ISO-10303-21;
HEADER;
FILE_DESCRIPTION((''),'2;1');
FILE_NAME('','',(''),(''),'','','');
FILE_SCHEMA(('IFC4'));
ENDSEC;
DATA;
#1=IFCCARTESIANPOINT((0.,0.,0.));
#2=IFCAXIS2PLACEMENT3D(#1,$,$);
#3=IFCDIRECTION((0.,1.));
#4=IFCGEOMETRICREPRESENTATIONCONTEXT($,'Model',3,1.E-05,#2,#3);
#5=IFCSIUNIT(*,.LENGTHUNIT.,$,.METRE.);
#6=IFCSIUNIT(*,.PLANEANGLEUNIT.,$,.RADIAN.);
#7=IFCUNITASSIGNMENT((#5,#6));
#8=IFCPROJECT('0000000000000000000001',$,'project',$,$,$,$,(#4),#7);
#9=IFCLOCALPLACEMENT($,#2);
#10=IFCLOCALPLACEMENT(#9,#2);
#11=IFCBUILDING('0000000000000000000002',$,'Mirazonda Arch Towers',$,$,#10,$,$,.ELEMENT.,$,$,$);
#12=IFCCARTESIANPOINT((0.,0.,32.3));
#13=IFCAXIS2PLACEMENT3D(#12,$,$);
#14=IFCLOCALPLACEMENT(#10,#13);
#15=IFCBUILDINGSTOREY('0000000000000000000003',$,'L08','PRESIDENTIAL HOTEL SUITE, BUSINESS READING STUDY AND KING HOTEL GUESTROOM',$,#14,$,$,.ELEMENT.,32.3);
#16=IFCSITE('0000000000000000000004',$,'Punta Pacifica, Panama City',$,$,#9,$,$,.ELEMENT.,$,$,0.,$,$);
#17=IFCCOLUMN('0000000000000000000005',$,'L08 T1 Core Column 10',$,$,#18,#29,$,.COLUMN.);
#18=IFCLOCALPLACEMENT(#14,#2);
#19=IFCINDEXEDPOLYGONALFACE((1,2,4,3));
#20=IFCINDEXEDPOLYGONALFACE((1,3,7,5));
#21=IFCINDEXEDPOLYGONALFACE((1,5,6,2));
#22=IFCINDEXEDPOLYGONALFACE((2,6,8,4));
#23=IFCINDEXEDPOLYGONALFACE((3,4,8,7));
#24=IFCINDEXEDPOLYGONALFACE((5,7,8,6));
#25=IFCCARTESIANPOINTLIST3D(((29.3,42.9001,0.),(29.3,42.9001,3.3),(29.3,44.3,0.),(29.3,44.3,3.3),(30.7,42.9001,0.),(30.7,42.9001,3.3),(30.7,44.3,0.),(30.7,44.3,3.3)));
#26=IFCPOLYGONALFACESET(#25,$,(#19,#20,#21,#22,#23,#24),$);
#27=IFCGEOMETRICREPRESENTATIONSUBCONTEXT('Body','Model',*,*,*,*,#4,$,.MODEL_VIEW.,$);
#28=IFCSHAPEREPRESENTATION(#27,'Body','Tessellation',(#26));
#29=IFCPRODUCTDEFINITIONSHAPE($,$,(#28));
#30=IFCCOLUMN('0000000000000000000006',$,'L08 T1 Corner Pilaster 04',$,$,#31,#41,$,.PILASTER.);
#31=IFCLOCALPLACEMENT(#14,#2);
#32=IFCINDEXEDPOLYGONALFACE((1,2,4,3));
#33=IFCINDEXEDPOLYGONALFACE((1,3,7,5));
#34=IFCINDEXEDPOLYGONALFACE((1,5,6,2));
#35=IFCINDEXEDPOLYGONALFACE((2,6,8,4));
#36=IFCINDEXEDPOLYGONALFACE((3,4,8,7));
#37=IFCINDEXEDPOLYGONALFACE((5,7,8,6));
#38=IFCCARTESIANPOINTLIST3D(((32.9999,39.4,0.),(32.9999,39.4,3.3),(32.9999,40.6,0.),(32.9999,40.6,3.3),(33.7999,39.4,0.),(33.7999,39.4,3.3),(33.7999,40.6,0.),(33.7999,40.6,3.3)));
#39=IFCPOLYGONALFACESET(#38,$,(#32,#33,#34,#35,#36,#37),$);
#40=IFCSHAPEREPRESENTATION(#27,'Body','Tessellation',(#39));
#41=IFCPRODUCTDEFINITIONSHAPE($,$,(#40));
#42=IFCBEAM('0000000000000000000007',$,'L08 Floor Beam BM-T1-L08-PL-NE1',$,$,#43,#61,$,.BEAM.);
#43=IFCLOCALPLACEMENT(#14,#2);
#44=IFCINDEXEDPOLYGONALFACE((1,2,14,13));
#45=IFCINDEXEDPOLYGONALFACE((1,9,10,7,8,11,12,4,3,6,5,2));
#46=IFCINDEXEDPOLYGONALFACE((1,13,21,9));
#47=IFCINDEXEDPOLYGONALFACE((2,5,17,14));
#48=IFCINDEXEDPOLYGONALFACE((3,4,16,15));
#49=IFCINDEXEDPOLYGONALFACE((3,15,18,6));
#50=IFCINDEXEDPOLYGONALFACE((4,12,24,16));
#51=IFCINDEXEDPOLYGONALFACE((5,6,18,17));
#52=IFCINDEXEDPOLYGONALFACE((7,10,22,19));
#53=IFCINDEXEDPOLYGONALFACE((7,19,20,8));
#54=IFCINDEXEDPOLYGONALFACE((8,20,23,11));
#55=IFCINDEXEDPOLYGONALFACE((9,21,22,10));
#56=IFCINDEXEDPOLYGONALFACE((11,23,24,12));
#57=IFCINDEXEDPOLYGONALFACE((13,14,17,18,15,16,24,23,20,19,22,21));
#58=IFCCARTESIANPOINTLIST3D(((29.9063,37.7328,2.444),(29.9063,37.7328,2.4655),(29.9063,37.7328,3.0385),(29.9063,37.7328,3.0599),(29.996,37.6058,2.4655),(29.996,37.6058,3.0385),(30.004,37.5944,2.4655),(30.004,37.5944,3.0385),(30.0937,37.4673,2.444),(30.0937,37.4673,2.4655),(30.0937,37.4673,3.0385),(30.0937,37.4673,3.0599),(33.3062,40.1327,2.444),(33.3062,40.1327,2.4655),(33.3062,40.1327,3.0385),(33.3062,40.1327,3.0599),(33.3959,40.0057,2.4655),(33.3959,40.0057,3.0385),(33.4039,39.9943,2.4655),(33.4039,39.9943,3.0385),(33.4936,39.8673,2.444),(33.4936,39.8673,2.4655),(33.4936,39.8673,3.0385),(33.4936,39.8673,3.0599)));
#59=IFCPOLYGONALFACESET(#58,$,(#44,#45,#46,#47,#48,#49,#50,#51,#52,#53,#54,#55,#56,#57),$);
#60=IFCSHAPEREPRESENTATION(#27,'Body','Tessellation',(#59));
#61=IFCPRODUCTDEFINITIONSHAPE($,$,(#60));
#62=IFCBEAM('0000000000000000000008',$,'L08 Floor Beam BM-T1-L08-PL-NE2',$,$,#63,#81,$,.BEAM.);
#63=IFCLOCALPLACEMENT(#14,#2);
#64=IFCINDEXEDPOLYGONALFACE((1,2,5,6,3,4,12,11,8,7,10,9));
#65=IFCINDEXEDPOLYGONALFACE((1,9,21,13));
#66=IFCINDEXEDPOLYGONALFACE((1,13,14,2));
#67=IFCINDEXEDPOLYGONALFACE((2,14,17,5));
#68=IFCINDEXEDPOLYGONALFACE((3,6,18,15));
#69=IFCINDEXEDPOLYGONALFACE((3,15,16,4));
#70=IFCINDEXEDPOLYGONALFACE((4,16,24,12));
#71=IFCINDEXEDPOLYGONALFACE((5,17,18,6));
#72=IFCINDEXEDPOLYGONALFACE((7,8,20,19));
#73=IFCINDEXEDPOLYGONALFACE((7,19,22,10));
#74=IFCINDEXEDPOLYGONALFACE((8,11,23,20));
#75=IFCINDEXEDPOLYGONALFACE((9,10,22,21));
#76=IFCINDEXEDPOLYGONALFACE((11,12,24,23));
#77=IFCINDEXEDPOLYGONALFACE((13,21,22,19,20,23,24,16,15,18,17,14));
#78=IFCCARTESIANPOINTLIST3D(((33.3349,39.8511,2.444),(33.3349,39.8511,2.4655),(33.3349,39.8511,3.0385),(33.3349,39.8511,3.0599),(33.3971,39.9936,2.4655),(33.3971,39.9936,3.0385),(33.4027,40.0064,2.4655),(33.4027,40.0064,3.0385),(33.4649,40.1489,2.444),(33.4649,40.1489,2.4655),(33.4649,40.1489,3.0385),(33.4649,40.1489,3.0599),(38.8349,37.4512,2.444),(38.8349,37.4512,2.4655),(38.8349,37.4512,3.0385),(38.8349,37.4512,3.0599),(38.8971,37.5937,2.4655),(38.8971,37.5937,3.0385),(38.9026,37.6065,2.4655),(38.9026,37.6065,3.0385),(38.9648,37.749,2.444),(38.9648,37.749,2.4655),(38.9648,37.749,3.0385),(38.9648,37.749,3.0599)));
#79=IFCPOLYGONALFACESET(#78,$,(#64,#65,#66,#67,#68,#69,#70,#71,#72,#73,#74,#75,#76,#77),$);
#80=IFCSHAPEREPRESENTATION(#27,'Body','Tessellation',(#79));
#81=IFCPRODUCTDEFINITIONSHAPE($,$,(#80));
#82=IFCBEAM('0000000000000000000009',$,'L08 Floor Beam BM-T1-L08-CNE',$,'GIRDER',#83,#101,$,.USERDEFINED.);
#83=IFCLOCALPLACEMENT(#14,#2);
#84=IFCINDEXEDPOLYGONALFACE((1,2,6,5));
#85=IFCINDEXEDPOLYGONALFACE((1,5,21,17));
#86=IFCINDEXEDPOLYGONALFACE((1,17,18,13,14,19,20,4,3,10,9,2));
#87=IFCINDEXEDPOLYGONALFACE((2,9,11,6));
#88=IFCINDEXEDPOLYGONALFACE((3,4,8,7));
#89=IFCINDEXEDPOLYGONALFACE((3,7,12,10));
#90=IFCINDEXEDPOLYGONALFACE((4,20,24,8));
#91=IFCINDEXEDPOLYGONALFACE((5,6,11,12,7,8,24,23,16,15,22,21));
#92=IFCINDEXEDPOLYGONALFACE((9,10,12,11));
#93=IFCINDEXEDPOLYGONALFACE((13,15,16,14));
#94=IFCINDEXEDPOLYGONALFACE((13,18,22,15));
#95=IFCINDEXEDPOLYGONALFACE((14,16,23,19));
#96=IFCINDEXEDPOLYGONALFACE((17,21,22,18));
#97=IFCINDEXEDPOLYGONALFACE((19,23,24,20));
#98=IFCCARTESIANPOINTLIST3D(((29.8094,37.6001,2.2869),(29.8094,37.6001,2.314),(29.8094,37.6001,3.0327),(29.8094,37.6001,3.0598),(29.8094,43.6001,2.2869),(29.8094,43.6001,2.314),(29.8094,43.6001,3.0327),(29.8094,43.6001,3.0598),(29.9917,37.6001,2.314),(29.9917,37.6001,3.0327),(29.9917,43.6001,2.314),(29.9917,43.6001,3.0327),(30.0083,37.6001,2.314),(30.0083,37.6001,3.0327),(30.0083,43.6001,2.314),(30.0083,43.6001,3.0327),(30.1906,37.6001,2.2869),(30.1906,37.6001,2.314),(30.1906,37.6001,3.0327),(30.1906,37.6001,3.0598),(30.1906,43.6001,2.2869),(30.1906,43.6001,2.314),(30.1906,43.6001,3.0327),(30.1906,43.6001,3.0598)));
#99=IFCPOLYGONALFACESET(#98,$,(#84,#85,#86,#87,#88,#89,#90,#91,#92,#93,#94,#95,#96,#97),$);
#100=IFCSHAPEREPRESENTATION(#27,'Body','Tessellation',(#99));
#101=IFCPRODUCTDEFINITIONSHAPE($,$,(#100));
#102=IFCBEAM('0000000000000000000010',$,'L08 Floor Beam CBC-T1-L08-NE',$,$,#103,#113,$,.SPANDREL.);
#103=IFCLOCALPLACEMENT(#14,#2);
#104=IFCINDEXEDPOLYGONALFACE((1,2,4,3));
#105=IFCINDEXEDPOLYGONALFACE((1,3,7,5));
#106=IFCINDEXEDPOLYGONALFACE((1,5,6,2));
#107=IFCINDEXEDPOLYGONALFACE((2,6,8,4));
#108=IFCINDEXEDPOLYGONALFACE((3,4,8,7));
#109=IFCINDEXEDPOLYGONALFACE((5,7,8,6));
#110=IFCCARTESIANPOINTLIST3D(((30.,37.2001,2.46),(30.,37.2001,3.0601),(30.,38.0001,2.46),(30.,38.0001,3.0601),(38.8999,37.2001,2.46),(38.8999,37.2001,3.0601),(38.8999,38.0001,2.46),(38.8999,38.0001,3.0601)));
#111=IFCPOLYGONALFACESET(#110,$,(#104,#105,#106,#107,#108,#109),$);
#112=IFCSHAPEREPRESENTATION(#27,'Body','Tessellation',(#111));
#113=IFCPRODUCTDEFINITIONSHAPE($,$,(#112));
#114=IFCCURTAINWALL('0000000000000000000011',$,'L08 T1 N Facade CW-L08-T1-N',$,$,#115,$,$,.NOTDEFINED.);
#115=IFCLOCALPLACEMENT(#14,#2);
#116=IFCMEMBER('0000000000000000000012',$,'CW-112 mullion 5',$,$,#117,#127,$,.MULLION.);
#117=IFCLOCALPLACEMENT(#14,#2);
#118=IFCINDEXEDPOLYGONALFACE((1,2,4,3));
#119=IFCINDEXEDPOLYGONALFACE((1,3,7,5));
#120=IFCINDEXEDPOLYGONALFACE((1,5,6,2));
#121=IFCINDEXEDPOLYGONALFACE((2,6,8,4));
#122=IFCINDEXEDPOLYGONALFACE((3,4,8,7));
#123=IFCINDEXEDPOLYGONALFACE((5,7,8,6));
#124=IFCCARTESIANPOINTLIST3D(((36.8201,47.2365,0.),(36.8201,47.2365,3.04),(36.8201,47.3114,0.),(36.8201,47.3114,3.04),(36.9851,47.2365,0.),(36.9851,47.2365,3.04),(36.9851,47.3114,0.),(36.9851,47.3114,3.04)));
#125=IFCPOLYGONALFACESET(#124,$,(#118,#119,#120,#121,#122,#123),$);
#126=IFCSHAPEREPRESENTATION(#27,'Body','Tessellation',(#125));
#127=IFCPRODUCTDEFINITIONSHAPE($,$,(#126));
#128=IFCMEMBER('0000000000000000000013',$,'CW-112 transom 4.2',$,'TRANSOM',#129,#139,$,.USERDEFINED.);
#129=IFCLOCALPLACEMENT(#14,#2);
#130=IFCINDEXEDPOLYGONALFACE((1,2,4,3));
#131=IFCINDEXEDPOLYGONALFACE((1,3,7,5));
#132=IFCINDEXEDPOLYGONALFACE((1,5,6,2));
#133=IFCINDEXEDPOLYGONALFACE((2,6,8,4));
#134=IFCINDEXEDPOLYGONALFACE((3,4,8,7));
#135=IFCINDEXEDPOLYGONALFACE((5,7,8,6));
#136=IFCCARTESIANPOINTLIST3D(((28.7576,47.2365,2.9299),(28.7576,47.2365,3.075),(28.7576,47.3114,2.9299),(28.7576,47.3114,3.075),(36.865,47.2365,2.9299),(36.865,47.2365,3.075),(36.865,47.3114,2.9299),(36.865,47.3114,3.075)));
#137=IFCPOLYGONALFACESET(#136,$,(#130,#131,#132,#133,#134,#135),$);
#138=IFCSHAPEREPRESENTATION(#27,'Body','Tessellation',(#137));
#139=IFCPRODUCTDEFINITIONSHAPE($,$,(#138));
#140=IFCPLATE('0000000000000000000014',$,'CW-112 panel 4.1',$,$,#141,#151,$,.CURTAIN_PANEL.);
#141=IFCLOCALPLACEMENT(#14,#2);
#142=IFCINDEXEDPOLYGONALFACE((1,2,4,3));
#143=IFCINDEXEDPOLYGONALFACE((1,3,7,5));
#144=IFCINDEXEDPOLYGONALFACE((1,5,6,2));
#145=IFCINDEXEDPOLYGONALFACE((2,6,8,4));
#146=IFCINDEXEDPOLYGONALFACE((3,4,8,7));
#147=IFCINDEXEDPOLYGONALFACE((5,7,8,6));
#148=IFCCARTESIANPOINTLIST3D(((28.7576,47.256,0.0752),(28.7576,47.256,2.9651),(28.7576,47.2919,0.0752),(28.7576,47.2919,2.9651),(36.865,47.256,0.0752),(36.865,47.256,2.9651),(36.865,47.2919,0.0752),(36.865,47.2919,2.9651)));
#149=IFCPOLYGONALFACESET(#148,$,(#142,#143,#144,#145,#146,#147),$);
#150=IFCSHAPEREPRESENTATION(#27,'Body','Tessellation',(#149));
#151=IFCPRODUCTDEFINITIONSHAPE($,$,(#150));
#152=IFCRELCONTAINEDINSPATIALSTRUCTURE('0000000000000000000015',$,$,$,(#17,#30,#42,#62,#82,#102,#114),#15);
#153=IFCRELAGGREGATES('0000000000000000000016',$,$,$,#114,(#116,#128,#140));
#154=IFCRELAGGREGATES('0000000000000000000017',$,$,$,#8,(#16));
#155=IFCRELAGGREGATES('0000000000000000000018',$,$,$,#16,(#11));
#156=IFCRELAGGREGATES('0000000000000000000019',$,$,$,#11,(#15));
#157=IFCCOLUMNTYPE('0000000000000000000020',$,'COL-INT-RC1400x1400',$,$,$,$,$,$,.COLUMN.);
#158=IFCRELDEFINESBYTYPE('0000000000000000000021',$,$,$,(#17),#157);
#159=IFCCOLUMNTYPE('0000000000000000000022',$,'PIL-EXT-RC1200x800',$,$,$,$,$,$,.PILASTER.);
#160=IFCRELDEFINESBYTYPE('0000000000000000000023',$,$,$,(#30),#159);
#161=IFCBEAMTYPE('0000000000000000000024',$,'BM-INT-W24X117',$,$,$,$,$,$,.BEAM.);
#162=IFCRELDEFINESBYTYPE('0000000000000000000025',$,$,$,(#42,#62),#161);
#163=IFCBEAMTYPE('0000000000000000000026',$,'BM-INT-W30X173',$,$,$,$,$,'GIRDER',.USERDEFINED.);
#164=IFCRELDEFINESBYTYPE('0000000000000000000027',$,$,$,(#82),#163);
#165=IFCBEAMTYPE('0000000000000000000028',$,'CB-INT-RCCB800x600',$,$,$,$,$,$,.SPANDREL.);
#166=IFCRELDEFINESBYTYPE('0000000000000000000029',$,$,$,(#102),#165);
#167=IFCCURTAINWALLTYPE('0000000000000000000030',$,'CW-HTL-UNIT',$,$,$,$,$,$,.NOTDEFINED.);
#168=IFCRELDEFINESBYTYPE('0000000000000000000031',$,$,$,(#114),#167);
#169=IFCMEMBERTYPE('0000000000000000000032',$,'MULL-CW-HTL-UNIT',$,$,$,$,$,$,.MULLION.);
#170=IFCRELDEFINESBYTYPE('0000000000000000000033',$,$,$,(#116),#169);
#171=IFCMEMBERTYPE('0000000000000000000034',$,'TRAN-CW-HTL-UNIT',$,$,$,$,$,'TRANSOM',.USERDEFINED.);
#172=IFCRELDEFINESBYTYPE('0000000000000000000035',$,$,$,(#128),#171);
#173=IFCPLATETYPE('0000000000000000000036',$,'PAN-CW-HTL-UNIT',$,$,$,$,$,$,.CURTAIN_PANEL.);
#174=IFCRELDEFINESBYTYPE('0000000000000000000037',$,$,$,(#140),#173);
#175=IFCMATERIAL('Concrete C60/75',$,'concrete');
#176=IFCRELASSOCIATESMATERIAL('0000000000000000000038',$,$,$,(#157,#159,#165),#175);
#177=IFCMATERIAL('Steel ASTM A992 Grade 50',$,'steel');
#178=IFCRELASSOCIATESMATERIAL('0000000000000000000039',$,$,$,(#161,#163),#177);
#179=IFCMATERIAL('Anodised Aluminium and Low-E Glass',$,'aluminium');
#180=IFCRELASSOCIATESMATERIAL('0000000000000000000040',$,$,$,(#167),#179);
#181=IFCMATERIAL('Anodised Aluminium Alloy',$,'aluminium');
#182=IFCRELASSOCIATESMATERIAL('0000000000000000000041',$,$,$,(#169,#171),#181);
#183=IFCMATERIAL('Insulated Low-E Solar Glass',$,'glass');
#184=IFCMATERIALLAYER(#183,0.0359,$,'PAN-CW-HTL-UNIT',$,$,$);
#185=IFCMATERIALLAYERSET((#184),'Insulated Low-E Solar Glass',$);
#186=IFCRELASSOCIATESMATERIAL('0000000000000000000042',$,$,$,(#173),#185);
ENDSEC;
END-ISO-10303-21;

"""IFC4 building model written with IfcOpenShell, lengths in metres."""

from ifc_helpers import new_model, si_unit, direction, frame, origin, origin_2d, place, context, subcontext, project, spatial, rectangle, i_section, extrude, material, layer, layer_set, material_profile, profile_set, type_object, element, aggregate, save


model = new_model("IFC4")

# Units and contexts
model_context = context("Model", 3, precision=1e-05, world=origin(), true_north=direction((0.0, 1.0)))
body_context = subcontext(model_context, "Body", "Model", "MODEL_VIEW")
ifc_project = project(units=[si_unit("LENGTHUNIT", "METRE"), si_unit("PLANEANGLEUNIT", "RADIAN")], contexts=[model_context])

# Site, building, storey
site_placement = place(None, origin())
site = spatial("IfcSite", under=ifc_project, at=site_placement, Name="Punta Pacifica, Panama City", CompositionType="ELEMENT", RefElevation=0.0)
building_placement = place(site_placement, origin())
building = spatial("IfcBuilding", under=site, at=building_placement, Name="Mirazonda Arch Towers", CompositionType="ELEMENT")
storey_placement = place(building_placement, frame((0.0, 0.0, 32.3)))
storey = spatial("IfcBuildingStorey", under=building, at=storey_placement, Name="L08", Description="PRESIDENTIAL HOTEL SUITE, BUSINESS READING STUDY AND KING HOTEL GUESTROOM", CompositionType="ELEMENT", Elevation=32.3)

# Columns
ifc_material_1 = material(Name="Concrete C60/75", Category="concrete")
ifc_material_profile_1 = material_profile(ifc_material_1, rectangle(XDim=1.3999, YDim=1.3999, at=origin_2d()), Name="RC1400x1400")
ifc_profile_set_1 = profile_set([ifc_material_profile_1], Name="Concrete C60/75")
column_type_1 = type_object("IfcColumnType", Name="COL-INT-RC1400x1400", PredefinedType="COLUMN", material=ifc_profile_set_1)
column_1_placement = place(storey_placement, frame((30.0, 43.6001, 0.0), z_axis=(0.0, 0.0, 1.0), x_axis=(1.0, 0.0, 0.0)))
element("IfcColumn", 1, at=column_1_placement, inside=storey, type_object=column_type_1, Name="L08 T1 Core Column 10", PredefinedType="COLUMN", context=body_context, shape_type="SweptSolid", body=[
    extrude(rectangle(XDim=1.3999, YDim=1.3999, at=origin_2d()), origin(), (0.0, 0.0, 1.0), 3.3),
])
ifc_material_profile_2 = material_profile(ifc_material_1, rectangle(XDim=0.8, YDim=1.2, at=origin_2d()), Name="RC1200x800")
ifc_profile_set_2 = profile_set([ifc_material_profile_2], Name="Concrete C60/75")
column_type_2 = type_object("IfcColumnType", Name="PIL-EXT-RC1200x800", PredefinedType="PILASTER", material=ifc_profile_set_2)
column_2_placement = place(storey_placement, frame((33.3999, 40.0, 0.0), z_axis=(0.0, 0.0, 1.0), x_axis=(1.0, 0.0, 0.0)))
element("IfcColumn", 2, at=column_2_placement, inside=storey, type_object=column_type_2, Name="L08 T1 Corner Pilaster 04", PredefinedType="PILASTER", context=body_context, shape_type="SweptSolid", body=[
    extrude(rectangle(XDim=0.8, YDim=1.2, at=origin_2d()), origin(), (0.0, 0.0, 1.0), 3.3),
])

# Beams
ifc_material_2 = material(Name="Steel ASTM A992 Grade 50", Category="steel")
ifc_material_profile_3 = material_profile(ifc_material_2, i_section(OverallWidth=0.325, OverallDepth=0.616, WebThickness=0.0139, FlangeThickness=0.0215, at=origin_2d()), Name="W24X117")
ifc_profile_set_3 = profile_set([ifc_material_profile_3], Name="Steel ASTM A992 Grade 50")
beam_type_1 = type_object("IfcBeamType", Name="BM-INT-W24X117", PredefinedType="BEAM", material=ifc_profile_set_3)
beam_1_placement = place(storey_placement, frame((33.3999, 40.0, 2.752), z_axis=(-0.816971, -0.576679, 0.0), x_axis=(0.576679, -0.816971, 0.0)))
element("IfcBeam", 3, at=beam_1_placement, inside=storey, type_object=beam_type_1, Name="L08 Floor Beam BM-T1-L08-PL-NE1", PredefinedType="BEAM", context=body_context, shape_type="SweptSolid", body=[
    extrude(i_section(OverallWidth=0.325, OverallDepth=0.616, WebThickness=0.0139, FlangeThickness=0.0215, at=origin_2d()), origin(), (0.0, 0.0, 1.0), 4.1616),
])
beam_2_placement = place(storey_placement, frame((33.3999, 40.0, 2.752), z_axis=(0.916545, -0.399931, 0.0), x_axis=(0.399931, 0.916545, 0.0)))
element("IfcBeam", 4, at=beam_2_placement, inside=storey, type_object=beam_type_1, Name="L08 Floor Beam BM-T1-L08-PL-NE2", PredefinedType="BEAM", context=body_context, shape_type="SweptSolid", body=[
    extrude(i_section(OverallWidth=0.325, OverallDepth=0.616, WebThickness=0.0139, FlangeThickness=0.0215, at=origin_2d()), origin(), (0.0, 0.0, 1.0), 6.0007),
])
ifc_material_profile_4 = material_profile(ifc_material_2, i_section(OverallWidth=0.3811, OverallDepth=0.7729, WebThickness=0.0166, FlangeThickness=0.0271, at=origin_2d()), Name="W30X173")
ifc_profile_set_4 = profile_set([ifc_material_profile_4], Name="Steel ASTM A992 Grade 50")
beam_type_2 = type_object("IfcBeamType", Name="BM-INT-W30X173", ElementType="GIRDER", PredefinedType="USERDEFINED", material=ifc_profile_set_4)
beam_3_placement = place(storey_placement, frame((30.0, 37.6001, 2.6733), z_axis=(0.0, 1.0, 0.0), x_axis=(-1.0, 0.0, 0.0)))
element("IfcBeam", 5, at=beam_3_placement, inside=storey, type_object=beam_type_2, Name="L08 Floor Beam BM-T1-L08-CNE", ObjectType="GIRDER", PredefinedType="USERDEFINED", context=body_context, shape_type="SweptSolid", body=[
    extrude(i_section(OverallWidth=0.3811, OverallDepth=0.7729, WebThickness=0.0166, FlangeThickness=0.0271, at=origin_2d()), origin(), (0.0, 0.0, 1.0), 6.0),
])
ifc_material_profile_5 = material_profile(ifc_material_1, rectangle(XDim=0.8, YDim=0.6001, at=origin_2d()), Name="RCCB800x600")
ifc_profile_set_5 = profile_set([ifc_material_profile_5], Name="Concrete C60/75")
beam_type_3 = type_object("IfcBeamType", Name="CB-INT-RCCB800x600", PredefinedType="SPANDREL", material=ifc_profile_set_5)
beam_4_placement = place(storey_placement, frame((30.0, 37.6001, 2.76), z_axis=(1.0, 0.0, 0.0), x_axis=(0.0, 1.0, 0.0)))
element("IfcBeam", 6, at=beam_4_placement, inside=storey, type_object=beam_type_3, Name="L08 Floor Beam CBC-T1-L08-NE", PredefinedType="SPANDREL", context=body_context, shape_type="SweptSolid", body=[
    extrude(rectangle(XDim=0.8, YDim=0.6001, at=origin_2d()), origin(), (0.0, 0.0, 1.0), 8.8999),
])

# Curtain wall, members, plate
ifc_material_3 = material(Name="Anodised Aluminium and Low-E Glass", Category="aluminium")
curtain_wall_type = type_object("IfcCurtainWallType", Name="CW-HTL-UNIT", PredefinedType="NOTDEFINED", material=ifc_material_3)
curtain_wall_placement = place(storey_placement, origin())
curtain_wall = element("IfcCurtainWall", 7, at=curtain_wall_placement, inside=storey, type_object=curtain_wall_type, Name="L08 T1 N Facade CW-L08-T1-N", PredefinedType="NOTDEFINED")
ifc_material_4 = material(Name="Anodised Aluminium Alloy", Category="aluminium")
ifc_material_profile_6 = material_profile(ifc_material_4, rectangle(XDim=0.075, YDim=0.165, at=origin_2d()), Name="ALU-MULL-75x165")
ifc_profile_set_6 = profile_set([ifc_material_profile_6], Name="Anodised Aluminium Alloy")
member_type_1 = type_object("IfcMemberType", Name="MULL-CW-HTL-UNIT", PredefinedType="MULLION", material=ifc_profile_set_6)
member_1_placement = place(storey_placement, frame((36.9026, 47.2739, 0.0), z_axis=(0.0, 0.0, 1.0), x_axis=(0.0, 1.0, 0.0)))
member_1 = element("IfcMember", 8, at=member_1_placement, type_object=member_type_1, Name="CW-112 mullion 5", PredefinedType="MULLION", context=body_context, shape_type="SweptSolid", body=[
    extrude(rectangle(XDim=0.075, YDim=0.165, at=origin_2d()), origin(), (0.0, 0.0, 1.0), 3.04),
])
ifc_material_profile_7 = material_profile(ifc_material_4, rectangle(XDim=0.075, YDim=0.145, at=origin_2d()), Name="ALU-TRAN-75x145")
ifc_profile_set_7 = profile_set([ifc_material_profile_7], Name="Anodised Aluminium Alloy")
member_type_2 = type_object("IfcMemberType", Name="TRAN-CW-HTL-UNIT", ElementType="TRANSOM", PredefinedType="USERDEFINED", material=ifc_profile_set_7)
member_2_placement = place(storey_placement, frame((28.7576, 47.2739, 3.0024), z_axis=(1.0, 0.0, 0.0), x_axis=(0.0, 1.0, 0.0)))
member_2 = element("IfcMember", 9, at=member_2_placement, type_object=member_type_2, Name="CW-112 transom 4.2", ObjectType="TRANSOM", PredefinedType="USERDEFINED", context=body_context, shape_type="SweptSolid", body=[
    extrude(rectangle(XDim=0.075, YDim=0.145, at=origin_2d()), origin(), (0.0, 0.0, 1.0), 8.1074),
])
ifc_material_5 = material(Name="Insulated Low-E Solar Glass", Category="glass")
ifc_layer_1 = layer(ifc_material_5, 0.0359, Name="PAN-CW-HTL-UNIT")
ifc_layer_set_1 = layer_set([ifc_layer_1], Name="Insulated Low-E Solar Glass")
plate_type = type_object("IfcPlateType", Name="PAN-CW-HTL-UNIT", PredefinedType="CURTAIN_PANEL", material=ifc_layer_set_1)
plate_placement = place(storey_placement, frame((32.8113, 47.2739, 0.0752), z_axis=(0.0, 0.0, 1.0), x_axis=(1.0, 0.0, 0.0)))
plate = element("IfcPlate", 10, at=plate_placement, type_object=plate_type, Name="CW-112 panel 4.1", PredefinedType="CURTAIN_PANEL", context=body_context, shape_type="SweptSolid", body=[
    extrude(rectangle(XDim=8.1074, YDim=0.0359, at=origin_2d()), origin(), (0.0, 0.0, 1.0), 2.8899),
])
aggregate(curtain_wall, [member_1, member_2, plate])

save(model, "model.ifc")
